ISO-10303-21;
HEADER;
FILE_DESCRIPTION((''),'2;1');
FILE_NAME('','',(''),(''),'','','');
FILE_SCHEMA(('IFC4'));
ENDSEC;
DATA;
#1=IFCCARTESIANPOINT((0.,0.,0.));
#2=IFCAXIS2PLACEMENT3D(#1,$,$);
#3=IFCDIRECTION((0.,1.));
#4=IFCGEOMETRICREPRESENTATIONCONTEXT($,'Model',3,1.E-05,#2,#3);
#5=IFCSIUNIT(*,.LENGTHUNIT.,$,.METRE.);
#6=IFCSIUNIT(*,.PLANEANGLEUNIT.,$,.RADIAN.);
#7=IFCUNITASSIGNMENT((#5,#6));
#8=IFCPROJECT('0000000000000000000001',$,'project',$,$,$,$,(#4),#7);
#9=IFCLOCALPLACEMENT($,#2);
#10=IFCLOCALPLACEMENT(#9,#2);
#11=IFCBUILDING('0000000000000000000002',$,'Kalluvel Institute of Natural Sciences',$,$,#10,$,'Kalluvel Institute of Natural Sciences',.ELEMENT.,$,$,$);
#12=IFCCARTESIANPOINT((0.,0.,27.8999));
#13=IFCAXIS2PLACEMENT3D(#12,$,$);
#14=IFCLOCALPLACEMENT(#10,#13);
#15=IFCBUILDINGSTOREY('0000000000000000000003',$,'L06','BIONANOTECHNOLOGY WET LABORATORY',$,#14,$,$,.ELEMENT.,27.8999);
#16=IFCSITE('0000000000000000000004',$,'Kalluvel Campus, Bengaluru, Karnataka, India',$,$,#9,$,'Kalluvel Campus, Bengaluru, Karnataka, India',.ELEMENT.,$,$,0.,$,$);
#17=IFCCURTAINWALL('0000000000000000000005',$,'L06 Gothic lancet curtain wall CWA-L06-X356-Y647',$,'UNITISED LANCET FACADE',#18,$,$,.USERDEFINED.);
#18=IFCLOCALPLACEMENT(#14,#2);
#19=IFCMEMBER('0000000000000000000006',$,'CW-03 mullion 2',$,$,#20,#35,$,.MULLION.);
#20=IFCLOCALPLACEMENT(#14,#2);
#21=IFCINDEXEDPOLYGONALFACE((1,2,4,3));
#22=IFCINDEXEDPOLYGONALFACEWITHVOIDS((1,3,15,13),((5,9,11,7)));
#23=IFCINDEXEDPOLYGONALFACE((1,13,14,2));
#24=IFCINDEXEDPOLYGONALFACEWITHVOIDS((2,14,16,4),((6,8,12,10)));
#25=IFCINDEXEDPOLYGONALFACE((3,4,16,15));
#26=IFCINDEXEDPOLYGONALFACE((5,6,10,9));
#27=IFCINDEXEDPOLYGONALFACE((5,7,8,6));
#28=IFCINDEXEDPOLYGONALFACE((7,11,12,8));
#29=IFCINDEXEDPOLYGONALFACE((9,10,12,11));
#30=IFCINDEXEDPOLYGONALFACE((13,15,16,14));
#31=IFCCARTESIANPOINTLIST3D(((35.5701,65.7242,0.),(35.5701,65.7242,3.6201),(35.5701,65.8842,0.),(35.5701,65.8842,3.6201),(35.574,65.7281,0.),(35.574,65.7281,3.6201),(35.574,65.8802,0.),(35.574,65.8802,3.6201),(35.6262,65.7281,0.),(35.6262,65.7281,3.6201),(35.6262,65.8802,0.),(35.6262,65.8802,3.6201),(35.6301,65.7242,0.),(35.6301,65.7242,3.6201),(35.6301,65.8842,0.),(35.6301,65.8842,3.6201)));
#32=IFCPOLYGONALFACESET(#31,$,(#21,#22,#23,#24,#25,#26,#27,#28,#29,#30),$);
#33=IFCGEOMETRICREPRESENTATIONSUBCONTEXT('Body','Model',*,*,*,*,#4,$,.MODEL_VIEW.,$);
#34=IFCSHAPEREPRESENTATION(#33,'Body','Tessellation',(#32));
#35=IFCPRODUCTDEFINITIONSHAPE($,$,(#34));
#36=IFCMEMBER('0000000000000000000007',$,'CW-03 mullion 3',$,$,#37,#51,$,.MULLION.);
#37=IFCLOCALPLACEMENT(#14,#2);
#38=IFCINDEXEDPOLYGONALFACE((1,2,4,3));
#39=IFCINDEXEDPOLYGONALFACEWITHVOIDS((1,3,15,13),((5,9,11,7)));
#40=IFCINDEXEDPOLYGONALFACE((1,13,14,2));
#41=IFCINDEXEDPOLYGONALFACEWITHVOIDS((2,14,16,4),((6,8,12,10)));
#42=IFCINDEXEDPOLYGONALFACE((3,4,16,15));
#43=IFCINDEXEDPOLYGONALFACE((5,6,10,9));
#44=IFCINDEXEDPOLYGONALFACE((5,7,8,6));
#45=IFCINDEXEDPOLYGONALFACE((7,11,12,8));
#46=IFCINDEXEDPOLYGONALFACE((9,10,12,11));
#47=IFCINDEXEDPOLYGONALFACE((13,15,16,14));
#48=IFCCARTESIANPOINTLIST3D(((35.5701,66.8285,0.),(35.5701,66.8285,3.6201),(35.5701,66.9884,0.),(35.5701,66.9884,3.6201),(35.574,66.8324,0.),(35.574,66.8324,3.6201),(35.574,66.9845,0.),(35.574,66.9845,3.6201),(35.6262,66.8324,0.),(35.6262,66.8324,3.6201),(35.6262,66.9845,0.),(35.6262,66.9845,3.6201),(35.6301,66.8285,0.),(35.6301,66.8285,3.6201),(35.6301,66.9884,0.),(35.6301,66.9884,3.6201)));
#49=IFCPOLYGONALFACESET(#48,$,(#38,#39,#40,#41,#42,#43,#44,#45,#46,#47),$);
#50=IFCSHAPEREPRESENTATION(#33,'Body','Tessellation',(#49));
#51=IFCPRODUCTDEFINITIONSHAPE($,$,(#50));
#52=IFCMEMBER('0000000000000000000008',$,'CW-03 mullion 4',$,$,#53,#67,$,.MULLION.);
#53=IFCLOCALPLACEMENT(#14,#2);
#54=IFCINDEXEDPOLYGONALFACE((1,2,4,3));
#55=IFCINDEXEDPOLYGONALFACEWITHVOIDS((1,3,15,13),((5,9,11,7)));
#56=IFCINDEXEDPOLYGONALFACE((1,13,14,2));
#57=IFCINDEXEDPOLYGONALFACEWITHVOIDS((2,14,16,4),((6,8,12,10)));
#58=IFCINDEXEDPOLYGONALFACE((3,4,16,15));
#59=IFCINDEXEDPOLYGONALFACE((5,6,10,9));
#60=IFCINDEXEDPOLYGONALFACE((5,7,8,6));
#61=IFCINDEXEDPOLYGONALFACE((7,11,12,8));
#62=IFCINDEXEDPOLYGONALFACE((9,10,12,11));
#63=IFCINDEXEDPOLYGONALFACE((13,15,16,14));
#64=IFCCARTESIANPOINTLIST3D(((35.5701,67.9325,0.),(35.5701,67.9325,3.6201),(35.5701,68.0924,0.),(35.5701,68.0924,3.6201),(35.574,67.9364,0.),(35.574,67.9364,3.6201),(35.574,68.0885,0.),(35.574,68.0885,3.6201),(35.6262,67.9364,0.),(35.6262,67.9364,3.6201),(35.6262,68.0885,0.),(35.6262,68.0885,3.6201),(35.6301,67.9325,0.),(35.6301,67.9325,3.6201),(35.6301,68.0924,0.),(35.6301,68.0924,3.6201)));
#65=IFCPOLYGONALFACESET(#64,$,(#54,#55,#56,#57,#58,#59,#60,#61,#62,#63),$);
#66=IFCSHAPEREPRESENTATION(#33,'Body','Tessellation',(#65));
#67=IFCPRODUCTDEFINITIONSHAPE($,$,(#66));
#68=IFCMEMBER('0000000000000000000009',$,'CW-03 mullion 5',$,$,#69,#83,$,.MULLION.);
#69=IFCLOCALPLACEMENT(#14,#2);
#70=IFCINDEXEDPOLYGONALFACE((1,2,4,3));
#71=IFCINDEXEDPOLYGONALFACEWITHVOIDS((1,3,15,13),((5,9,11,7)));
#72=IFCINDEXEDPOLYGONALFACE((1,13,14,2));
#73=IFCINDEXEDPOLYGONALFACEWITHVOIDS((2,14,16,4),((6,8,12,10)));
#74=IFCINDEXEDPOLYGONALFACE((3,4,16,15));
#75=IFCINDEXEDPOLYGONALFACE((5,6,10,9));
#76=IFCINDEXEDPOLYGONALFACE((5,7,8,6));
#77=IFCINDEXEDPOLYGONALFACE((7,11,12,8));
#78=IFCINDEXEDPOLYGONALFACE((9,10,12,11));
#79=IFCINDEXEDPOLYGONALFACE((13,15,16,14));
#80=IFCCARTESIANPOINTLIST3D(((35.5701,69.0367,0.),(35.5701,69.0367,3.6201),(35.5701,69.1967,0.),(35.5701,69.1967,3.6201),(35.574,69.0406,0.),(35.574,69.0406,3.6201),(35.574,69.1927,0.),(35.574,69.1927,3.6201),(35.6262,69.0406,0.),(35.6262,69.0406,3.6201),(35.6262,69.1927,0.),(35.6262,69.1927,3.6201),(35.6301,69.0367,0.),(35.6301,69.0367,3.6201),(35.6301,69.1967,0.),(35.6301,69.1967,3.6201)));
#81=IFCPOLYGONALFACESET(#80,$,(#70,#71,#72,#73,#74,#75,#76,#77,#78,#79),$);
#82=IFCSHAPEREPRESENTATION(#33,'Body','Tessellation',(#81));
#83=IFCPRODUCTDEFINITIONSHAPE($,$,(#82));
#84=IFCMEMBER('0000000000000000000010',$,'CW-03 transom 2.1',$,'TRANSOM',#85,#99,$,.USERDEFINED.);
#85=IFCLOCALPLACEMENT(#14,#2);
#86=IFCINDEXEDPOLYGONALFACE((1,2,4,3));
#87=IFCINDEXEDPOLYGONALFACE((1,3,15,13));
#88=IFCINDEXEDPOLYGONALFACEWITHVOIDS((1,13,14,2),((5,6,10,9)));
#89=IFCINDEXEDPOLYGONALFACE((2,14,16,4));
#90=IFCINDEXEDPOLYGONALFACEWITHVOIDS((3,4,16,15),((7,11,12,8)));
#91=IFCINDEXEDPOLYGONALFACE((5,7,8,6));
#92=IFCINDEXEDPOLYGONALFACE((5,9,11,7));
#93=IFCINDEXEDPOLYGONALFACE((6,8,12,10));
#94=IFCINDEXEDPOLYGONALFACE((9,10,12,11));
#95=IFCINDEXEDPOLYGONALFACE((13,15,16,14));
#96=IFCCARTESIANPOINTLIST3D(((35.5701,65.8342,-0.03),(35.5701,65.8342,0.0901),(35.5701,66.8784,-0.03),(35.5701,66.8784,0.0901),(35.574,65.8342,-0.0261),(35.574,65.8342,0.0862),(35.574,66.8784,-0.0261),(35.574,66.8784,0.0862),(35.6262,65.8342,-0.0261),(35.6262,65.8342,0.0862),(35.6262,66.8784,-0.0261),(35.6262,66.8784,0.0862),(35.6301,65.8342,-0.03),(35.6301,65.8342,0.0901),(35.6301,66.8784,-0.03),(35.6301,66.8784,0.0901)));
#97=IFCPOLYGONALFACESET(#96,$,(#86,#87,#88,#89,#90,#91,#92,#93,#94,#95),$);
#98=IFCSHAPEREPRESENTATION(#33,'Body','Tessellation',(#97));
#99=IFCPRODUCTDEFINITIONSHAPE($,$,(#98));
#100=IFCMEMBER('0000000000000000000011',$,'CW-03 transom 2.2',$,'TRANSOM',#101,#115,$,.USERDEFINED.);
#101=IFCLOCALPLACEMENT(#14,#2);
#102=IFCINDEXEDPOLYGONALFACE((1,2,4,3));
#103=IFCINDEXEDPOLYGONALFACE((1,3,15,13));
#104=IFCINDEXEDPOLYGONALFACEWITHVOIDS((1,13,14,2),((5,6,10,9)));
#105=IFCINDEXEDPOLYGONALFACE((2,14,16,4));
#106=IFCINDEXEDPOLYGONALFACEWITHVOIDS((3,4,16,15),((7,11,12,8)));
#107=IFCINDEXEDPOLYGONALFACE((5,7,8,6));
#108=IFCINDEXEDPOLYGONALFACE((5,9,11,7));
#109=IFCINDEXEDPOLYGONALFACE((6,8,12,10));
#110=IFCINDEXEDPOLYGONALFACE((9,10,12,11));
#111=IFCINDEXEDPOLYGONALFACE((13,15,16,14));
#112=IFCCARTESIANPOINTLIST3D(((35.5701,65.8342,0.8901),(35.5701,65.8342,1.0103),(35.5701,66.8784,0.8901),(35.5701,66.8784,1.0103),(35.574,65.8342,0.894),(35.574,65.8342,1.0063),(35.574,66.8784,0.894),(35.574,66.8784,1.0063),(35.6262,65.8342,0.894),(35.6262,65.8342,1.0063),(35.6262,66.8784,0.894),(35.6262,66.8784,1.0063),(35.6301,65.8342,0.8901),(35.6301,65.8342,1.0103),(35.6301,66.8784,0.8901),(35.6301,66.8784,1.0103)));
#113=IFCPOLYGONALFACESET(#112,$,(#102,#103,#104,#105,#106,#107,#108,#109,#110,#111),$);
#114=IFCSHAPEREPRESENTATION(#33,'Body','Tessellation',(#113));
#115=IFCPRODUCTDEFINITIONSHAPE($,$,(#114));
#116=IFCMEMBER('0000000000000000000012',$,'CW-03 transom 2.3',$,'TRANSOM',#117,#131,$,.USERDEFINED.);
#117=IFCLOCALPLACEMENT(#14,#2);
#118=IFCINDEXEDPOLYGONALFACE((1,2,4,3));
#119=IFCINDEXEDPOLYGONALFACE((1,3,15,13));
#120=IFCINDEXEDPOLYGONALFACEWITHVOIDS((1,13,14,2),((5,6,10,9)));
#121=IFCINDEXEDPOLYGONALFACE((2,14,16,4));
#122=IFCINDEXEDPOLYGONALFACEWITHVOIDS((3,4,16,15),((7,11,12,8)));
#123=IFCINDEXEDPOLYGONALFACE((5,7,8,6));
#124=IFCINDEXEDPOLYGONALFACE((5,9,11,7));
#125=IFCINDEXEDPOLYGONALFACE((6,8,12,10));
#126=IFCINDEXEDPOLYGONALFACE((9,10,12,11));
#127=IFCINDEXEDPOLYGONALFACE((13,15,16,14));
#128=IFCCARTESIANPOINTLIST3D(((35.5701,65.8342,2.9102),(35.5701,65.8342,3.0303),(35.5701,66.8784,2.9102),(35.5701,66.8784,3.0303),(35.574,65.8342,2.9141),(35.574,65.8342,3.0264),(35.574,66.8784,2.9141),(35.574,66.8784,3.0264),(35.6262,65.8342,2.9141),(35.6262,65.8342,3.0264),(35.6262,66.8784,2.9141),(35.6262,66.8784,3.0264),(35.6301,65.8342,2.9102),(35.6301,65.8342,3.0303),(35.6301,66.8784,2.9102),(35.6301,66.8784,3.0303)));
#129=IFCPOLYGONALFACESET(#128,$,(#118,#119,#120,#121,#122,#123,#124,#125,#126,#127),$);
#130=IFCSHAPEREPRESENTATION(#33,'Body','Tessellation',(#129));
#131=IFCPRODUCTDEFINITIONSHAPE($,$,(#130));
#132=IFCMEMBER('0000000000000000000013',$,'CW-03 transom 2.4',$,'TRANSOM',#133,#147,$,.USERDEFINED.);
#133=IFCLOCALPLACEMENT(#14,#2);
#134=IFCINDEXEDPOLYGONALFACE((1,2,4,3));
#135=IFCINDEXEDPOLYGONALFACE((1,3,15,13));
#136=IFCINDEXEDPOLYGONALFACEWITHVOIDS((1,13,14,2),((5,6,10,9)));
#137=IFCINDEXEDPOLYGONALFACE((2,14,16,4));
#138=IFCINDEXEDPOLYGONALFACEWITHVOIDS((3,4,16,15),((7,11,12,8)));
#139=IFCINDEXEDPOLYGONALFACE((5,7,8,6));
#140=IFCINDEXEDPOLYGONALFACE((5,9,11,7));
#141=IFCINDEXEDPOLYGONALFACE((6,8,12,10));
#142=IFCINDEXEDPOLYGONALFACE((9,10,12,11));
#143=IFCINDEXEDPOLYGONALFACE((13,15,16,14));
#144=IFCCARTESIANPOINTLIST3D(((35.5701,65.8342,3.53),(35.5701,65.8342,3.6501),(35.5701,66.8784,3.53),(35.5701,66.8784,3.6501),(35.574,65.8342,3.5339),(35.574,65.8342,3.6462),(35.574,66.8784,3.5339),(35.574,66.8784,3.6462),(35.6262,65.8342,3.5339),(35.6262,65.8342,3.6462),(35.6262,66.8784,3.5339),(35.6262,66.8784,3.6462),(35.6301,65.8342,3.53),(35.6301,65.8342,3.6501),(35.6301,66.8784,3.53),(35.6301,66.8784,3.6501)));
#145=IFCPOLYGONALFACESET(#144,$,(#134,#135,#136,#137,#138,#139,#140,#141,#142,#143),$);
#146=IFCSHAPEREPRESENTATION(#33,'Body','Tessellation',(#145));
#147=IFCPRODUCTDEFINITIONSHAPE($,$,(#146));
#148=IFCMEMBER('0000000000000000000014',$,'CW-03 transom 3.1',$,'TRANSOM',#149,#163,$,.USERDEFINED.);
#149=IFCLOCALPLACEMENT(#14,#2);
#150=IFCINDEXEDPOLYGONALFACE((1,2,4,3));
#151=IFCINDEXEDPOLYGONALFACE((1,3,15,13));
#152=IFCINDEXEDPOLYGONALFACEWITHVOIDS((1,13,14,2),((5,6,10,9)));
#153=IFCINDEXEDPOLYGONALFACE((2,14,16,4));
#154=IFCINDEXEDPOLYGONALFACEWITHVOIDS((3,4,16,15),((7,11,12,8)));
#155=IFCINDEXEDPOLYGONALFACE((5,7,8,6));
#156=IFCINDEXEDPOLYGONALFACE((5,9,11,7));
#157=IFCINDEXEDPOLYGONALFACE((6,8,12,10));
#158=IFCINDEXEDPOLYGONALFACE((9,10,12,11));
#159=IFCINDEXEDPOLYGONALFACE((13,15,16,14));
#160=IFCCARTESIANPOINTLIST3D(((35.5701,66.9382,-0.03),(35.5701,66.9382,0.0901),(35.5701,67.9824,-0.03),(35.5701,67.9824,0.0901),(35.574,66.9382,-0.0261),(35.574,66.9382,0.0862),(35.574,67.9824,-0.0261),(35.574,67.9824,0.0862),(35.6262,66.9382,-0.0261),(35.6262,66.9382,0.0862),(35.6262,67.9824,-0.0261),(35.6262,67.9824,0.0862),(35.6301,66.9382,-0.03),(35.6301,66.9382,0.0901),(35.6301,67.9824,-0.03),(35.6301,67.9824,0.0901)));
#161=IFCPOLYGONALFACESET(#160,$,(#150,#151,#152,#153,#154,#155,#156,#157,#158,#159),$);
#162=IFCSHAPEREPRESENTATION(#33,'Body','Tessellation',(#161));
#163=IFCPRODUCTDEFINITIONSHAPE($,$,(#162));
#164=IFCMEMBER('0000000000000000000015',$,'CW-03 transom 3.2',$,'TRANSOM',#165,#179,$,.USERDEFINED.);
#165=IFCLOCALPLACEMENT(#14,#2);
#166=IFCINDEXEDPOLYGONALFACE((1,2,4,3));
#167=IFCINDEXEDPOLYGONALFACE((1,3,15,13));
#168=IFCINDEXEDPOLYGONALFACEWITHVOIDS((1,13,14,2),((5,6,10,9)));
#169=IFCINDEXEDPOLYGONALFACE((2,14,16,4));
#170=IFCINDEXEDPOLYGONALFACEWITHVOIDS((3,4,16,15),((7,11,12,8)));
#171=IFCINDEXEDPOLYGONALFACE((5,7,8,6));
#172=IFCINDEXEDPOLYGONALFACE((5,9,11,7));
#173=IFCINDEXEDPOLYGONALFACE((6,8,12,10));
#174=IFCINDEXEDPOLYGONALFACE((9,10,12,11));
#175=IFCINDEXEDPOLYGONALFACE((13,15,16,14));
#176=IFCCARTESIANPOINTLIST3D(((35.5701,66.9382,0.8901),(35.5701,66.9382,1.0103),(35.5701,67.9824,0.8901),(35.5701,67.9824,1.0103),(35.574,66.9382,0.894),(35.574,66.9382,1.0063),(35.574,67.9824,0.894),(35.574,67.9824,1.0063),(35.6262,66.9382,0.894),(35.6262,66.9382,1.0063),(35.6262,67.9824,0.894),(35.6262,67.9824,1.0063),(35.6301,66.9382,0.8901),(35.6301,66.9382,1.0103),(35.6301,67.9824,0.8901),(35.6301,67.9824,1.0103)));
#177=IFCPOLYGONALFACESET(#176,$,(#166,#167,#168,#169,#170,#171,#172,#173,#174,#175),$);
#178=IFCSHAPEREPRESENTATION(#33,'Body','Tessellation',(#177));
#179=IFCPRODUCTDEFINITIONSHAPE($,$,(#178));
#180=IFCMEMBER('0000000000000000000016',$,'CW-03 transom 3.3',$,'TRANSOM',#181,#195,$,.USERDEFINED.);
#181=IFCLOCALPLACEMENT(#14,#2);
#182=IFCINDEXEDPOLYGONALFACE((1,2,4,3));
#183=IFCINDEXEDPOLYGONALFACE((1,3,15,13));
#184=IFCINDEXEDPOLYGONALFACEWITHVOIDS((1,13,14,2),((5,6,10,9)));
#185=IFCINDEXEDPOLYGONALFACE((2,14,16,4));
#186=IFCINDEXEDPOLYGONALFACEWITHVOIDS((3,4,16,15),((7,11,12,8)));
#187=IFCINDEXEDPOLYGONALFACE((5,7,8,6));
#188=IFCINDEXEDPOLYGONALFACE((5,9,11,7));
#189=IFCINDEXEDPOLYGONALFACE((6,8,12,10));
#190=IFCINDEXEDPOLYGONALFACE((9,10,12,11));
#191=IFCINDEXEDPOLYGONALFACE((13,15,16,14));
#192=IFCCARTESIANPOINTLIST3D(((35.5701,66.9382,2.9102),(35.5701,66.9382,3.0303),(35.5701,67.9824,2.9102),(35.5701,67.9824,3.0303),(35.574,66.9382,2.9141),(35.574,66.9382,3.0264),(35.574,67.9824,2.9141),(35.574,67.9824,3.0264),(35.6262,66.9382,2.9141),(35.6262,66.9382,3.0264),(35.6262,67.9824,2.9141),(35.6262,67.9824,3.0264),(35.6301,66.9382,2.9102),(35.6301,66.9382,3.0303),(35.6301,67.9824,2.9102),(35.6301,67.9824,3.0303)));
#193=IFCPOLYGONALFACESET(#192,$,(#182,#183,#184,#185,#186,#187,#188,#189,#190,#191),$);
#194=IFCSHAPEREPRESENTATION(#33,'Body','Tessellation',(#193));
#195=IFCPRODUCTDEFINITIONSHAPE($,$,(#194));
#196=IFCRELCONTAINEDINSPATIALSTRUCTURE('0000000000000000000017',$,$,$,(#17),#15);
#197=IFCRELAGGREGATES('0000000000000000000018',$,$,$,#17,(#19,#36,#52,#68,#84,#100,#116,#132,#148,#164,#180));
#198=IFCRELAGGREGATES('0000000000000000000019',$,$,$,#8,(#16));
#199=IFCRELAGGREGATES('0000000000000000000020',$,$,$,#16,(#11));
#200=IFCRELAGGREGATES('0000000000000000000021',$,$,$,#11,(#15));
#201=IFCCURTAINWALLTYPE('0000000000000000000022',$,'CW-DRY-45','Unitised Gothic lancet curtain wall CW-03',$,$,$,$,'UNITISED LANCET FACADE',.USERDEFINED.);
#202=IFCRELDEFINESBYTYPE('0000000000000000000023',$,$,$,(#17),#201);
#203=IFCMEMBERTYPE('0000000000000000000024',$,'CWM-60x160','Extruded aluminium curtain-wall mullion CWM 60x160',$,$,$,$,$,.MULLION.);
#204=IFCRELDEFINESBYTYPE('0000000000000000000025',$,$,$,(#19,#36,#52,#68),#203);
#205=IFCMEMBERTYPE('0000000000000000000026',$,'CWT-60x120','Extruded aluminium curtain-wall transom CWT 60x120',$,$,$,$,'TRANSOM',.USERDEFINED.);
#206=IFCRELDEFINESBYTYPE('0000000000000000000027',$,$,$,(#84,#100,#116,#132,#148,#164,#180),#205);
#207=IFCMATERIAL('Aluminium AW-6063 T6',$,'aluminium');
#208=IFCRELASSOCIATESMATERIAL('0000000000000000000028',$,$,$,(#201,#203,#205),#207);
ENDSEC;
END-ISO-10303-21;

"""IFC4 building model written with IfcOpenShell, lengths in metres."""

from ifc_helpers import new_model, si_unit, direction, frame, origin, origin_2d, place, context, subcontext, project, spatial, hollow_rectangle, extrude, material, material_profile, profile_set, type_object, element, aggregate, save


model = new_model("IFC4")

# Units and contexts
model_context = context("Model", 3, precision=1e-05, world=origin(), true_north=direction((0.0, 1.0)))
body_context = subcontext(model_context, "Body", "Model", "MODEL_VIEW")
ifc_project = project(units=[si_unit("LENGTHUNIT", "METRE"), si_unit("PLANEANGLEUNIT", "RADIAN")], contexts=[model_context])

# Site, building, storey
site_placement = place(None, origin())
site = spatial("IfcSite", under=ifc_project, at=site_placement, Name="Kalluvel Campus, Bengaluru, Karnataka, India", LongName="Kalluvel Campus, Bengaluru, Karnataka, India", CompositionType="ELEMENT", RefElevation=0.0)
building_placement = place(site_placement, origin())
building = spatial("IfcBuilding", under=site, at=building_placement, Name="Kalluvel Institute of Natural Sciences", LongName="Kalluvel Institute of Natural Sciences", CompositionType="ELEMENT")
storey_placement = place(building_placement, frame((0.0, 0.0, 27.8999)))
storey = spatial("IfcBuildingStorey", under=building, at=storey_placement, Name="L06", Description="BIONANOTECHNOLOGY WET LABORATORY", CompositionType="ELEMENT", Elevation=27.8999)

# Curtain wall, members
ifc_material_1 = material(Name="Aluminium AW-6063 T6", Category="aluminium")
curtain_wall_type = type_object("IfcCurtainWallType", Name="CW-DRY-45", Description="Unitised Gothic lancet curtain wall CW-03", ElementType="UNITISED LANCET FACADE", PredefinedType="USERDEFINED", material=ifc_material_1)
curtain_wall_placement = place(storey_placement, origin())
curtain_wall = element("IfcCurtainWall", 1, at=curtain_wall_placement, inside=storey, type_object=curtain_wall_type, Name="L06 Gothic lancet curtain wall CWA-L06-X356-Y647", ObjectType="UNITISED LANCET FACADE", PredefinedType="USERDEFINED")
ifc_material_profile_1 = material_profile(ifc_material_1, hollow_rectangle(XDim=0.0601, YDim=0.1599, WallThickness=0.0039, at=origin_2d()), Name="CWM 60x160")
ifc_profile_set_1 = profile_set([ifc_material_profile_1], Name="Aluminium AW-6063 T6")
member_type_1 = type_object("IfcMemberType", Name="CWM-60x160", Description="Extruded aluminium curtain-wall mullion CWM 60x160", PredefinedType="MULLION", material=ifc_profile_set_1)
member_1_placement = place(storey_placement, frame((35.6001, 65.8042, 0.0), z_axis=(0.0, 0.0, 1.0), x_axis=(-1.0, 0.0, 0.0)))
member_1 = element("IfcMember", 2, at=member_1_placement, type_object=member_type_1, Name="CW-03 mullion 2", PredefinedType="MULLION", context=body_context, shape_type="SweptSolid", body=[
    extrude(hollow_rectangle(XDim=0.0601, YDim=0.1599, WallThickness=0.0039, at=origin_2d()), origin(), (0.0, 0.0, 1.0), 3.6201),
])
member_2_placement = place(storey_placement, frame((35.6001, 66.9084, 0.0), z_axis=(0.0, 0.0, 1.0), x_axis=(-1.0, 0.0, 0.0)))
member_2 = element("IfcMember", 3, at=member_2_placement, type_object=member_type_1, Name="CW-03 mullion 3", PredefinedType="MULLION", context=body_context, shape_type="SweptSolid", body=[
    extrude(hollow_rectangle(XDim=0.0601, YDim=0.1599, WallThickness=0.0039, at=origin_2d()), origin(), (0.0, 0.0, 1.0), 3.6201),
])
member_3_placement = place(storey_placement, frame((35.6001, 68.0125, 0.0), z_axis=(0.0, 0.0, 1.0), x_axis=(-1.0, 0.0, 0.0)))
member_3 = element("IfcMember", 4, at=member_3_placement, type_object=member_type_1, Name="CW-03 mullion 4", PredefinedType="MULLION", context=body_context, shape_type="SweptSolid", body=[
    extrude(hollow_rectangle(XDim=0.0601, YDim=0.1599, WallThickness=0.0039, at=origin_2d()), origin(), (0.0, 0.0, 1.0), 3.6201),
])
member_4_placement = place(storey_placement, frame((35.6001, 69.1167, 0.0), z_axis=(0.0, 0.0, 1.0), x_axis=(-1.0, 0.0, 0.0)))
member_4 = element("IfcMember", 5, at=member_4_placement, type_object=member_type_1, Name="CW-03 mullion 5", PredefinedType="MULLION", context=body_context, shape_type="SweptSolid", body=[
    extrude(hollow_rectangle(XDim=0.0601, YDim=0.1599, WallThickness=0.0039, at=origin_2d()), origin(), (0.0, 0.0, 1.0), 3.6201),
])
ifc_material_profile_2 = material_profile(ifc_material_1, hollow_rectangle(XDim=0.0601, YDim=0.1201, WallThickness=0.0039, at=origin_2d()), Name="CWT 60x120")
ifc_profile_set_2 = profile_set([ifc_material_profile_2], Name="Aluminium AW-6063 T6")
member_type_2 = type_object("IfcMemberType", Name="CWT-60x120", Description="Extruded aluminium curtain-wall transom CWT 60x120", ElementType="TRANSOM", PredefinedType="USERDEFINED", material=ifc_profile_set_2)
member_5_placement = place(storey_placement, frame((35.6001, 65.8342, 0.03), z_axis=(0.0, 1.0, 0.0), x_axis=(-1.0, 0.0, 0.0)))
member_5 = element("IfcMember", 6, at=member_5_placement, type_object=member_type_2, Name="CW-03 transom 2.1", ObjectType="TRANSOM", PredefinedType="USERDEFINED", context=body_context, shape_type="SweptSolid", body=[
    extrude(hollow_rectangle(XDim=0.0601, YDim=0.1201, WallThickness=0.0039, at=origin_2d()), origin(), (0.0, 0.0, 1.0), 1.0442),
])
member_6_placement = place(storey_placement, frame((35.6001, 65.8342, 0.9502), z_axis=(0.0, 1.0, 0.0), x_axis=(-1.0, 0.0, 0.0)))
member_6 = element("IfcMember", 7, at=member_6_placement, type_object=member_type_2, Name="CW-03 transom 2.2", ObjectType="TRANSOM", PredefinedType="USERDEFINED", context=body_context, shape_type="SweptSolid", body=[
    extrude(hollow_rectangle(XDim=0.0601, YDim=0.1201, WallThickness=0.0039, at=origin_2d()), origin(), (0.0, 0.0, 1.0), 1.0442),
])
member_7_placement = place(storey_placement, frame((35.6001, 65.8342, 2.9702), z_axis=(0.0, 1.0, 0.0), x_axis=(-1.0, 0.0, 0.0)))
member_7 = element("IfcMember", 8, at=member_7_placement, type_object=member_type_2, Name="CW-03 transom 2.3", ObjectType="TRANSOM", PredefinedType="USERDEFINED", context=body_context, shape_type="SweptSolid", body=[
    extrude(hollow_rectangle(XDim=0.0601, YDim=0.1201, WallThickness=0.0039, at=origin_2d()), origin(), (0.0, 0.0, 1.0), 1.0442),
])
member_8_placement = place(storey_placement, frame((35.6001, 65.8342, 3.5901), z_axis=(0.0, 1.0, 0.0), x_axis=(-1.0, 0.0, 0.0)))
member_8 = element("IfcMember", 9, at=member_8_placement, type_object=member_type_2, Name="CW-03 transom 2.4", ObjectType="TRANSOM", PredefinedType="USERDEFINED", context=body_context, shape_type="SweptSolid", body=[
    extrude(hollow_rectangle(XDim=0.0601, YDim=0.1201, WallThickness=0.0039, at=origin_2d()), origin(), (0.0, 0.0, 1.0), 1.0442),
])
member_9_placement = place(storey_placement, frame((35.6001, 66.9382, 0.03), z_axis=(0.0, 1.0, 0.0), x_axis=(-1.0, 0.0, 0.0)))
member_9 = element("IfcMember", 10, at=member_9_placement, type_object=member_type_2, Name="CW-03 transom 3.1", ObjectType="TRANSOM", PredefinedType="USERDEFINED", context=body_context, shape_type="SweptSolid", body=[
    extrude(hollow_rectangle(XDim=0.0601, YDim=0.1201, WallThickness=0.0039, at=origin_2d()), origin(), (0.0, 0.0, 1.0), 1.0442),
])
member_10_placement = place(storey_placement, frame((35.6001, 66.9382, 0.9502), z_axis=(0.0, 1.0, 0.0), x_axis=(-1.0, 0.0, 0.0)))
member_10 = element("IfcMember", 11, at=member_10_placement, type_object=member_type_2, Name="CW-03 transom 3.2", ObjectType="TRANSOM", PredefinedType="USERDEFINED", context=body_context, shape_type="SweptSolid", body=[
    extrude(hollow_rectangle(XDim=0.0601, YDim=0.1201, WallThickness=0.0039, at=origin_2d()), origin(), (0.0, 0.0, 1.0), 1.0442),
])
member_11_placement = place(storey_placement, frame((35.6001, 66.9382, 2.9702), z_axis=(0.0, 1.0, 0.0), x_axis=(-1.0, 0.0, 0.0)))
member_11 = element("IfcMember", 12, at=member_11_placement, type_object=member_type_2, Name="CW-03 transom 3.3", ObjectType="TRANSOM", PredefinedType="USERDEFINED", context=body_context, shape_type="SweptSolid", body=[
    extrude(hollow_rectangle(XDim=0.0601, YDim=0.1201, WallThickness=0.0039, at=origin_2d()), origin(), (0.0, 0.0, 1.0), 1.0442),
])
aggregate(curtain_wall, [member_1, member_2, member_3, member_4, member_5, member_6, member_7, member_8, member_9, member_10, member_11])

save(model, "model.ifc")
